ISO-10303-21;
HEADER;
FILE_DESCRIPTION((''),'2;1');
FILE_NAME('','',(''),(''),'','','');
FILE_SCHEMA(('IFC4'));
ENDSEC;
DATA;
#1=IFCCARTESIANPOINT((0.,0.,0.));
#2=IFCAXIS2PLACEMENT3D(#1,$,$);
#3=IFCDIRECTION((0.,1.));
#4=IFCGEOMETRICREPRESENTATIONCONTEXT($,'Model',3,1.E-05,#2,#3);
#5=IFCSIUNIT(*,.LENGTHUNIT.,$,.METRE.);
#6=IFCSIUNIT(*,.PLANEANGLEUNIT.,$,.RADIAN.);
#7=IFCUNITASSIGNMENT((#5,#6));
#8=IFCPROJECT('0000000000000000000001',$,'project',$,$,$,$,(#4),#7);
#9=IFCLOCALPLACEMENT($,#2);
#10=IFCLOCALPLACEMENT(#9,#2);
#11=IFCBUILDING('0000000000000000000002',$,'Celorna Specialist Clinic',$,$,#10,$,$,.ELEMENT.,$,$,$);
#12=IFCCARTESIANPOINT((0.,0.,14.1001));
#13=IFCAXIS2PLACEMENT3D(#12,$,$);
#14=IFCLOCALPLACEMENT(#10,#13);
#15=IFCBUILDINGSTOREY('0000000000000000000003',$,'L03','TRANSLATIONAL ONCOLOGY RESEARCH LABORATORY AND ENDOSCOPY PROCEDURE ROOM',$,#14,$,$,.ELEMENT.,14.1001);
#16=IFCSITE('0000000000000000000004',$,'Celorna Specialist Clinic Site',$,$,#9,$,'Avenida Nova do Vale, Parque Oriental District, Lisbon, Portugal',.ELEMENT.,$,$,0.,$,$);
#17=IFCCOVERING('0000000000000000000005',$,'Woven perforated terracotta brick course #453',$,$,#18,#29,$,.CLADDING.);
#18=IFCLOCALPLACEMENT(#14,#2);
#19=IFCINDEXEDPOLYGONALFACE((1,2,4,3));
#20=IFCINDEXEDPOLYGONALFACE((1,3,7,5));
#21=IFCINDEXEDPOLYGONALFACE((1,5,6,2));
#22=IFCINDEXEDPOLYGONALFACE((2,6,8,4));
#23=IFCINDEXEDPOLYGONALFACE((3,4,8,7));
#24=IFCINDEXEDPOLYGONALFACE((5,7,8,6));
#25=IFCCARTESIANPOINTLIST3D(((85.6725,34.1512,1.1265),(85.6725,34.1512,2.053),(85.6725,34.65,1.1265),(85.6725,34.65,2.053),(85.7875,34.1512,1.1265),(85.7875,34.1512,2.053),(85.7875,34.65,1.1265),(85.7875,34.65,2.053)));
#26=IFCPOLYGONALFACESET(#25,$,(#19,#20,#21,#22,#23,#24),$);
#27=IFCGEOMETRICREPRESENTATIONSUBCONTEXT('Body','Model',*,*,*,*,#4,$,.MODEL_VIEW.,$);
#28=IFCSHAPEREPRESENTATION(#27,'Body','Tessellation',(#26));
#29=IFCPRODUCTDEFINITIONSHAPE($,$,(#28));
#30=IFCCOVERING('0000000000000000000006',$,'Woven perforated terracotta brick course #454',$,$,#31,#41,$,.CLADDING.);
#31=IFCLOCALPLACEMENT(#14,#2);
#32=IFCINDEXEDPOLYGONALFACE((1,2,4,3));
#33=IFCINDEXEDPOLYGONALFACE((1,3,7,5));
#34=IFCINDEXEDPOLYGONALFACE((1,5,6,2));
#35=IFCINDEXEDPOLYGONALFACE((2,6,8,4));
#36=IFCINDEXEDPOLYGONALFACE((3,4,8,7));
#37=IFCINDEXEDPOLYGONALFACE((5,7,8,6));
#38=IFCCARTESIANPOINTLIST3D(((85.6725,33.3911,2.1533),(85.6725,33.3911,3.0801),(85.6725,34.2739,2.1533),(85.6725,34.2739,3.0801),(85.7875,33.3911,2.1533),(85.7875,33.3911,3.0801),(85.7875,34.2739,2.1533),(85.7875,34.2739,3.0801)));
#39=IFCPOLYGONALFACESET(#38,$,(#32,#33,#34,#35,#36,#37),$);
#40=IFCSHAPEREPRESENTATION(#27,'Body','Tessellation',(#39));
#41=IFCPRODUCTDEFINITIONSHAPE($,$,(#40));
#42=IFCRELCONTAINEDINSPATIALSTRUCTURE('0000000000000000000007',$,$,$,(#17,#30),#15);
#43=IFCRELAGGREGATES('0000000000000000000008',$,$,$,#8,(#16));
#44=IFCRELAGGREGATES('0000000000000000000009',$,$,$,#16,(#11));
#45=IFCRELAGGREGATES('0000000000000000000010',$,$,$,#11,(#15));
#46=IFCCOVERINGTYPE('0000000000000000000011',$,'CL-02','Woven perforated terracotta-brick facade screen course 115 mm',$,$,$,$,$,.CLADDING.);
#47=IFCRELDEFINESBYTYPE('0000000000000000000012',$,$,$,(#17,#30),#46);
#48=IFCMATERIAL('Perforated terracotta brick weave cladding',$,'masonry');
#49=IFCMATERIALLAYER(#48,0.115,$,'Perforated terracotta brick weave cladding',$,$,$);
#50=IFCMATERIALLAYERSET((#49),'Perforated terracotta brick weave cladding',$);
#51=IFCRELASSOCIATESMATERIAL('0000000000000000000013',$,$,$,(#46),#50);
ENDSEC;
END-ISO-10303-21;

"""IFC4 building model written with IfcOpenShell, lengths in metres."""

from ifc_helpers import new_model, si_unit, direction, frame, origin, origin_2d, place, context, subcontext, project, spatial, rectangle, extrude, material, layer, layer_set, type_object, element, save


model = new_model("IFC4")

# Units and contexts
model_context = context("Model", 3, precision=1e-05, world=origin(), true_north=direction((0.0, 1.0)))
body_context = subcontext(model_context, "Body", "Model", "MODEL_VIEW")
ifc_project = project(units=[si_unit("LENGTHUNIT", "METRE"), si_unit("PLANEANGLEUNIT", "RADIAN")], contexts=[model_context])

# Site, building, storey
site_placement = place(None, origin())
site = spatial("IfcSite", under=ifc_project, at=site_placement, Name="Celorna Specialist Clinic Site", LongName="Avenida Nova do Vale, Parque Oriental District, Lisbon, Portugal", CompositionType="ELEMENT", RefElevation=0.0)
building_placement = place(site_placement, origin())
building = spatial("IfcBuilding", under=site, at=building_placement, Name="Celorna Specialist Clinic", CompositionType="ELEMENT")
storey_placement = place(building_placement, frame((0.0, 0.0, 14.1001)))
storey = spatial("IfcBuildingStorey", under=building, at=storey_placement, Name="L03", Description="TRANSLATIONAL ONCOLOGY RESEARCH LABORATORY AND ENDOSCOPY PROCEDURE ROOM", CompositionType="ELEMENT", Elevation=14.1001)

# Coverings
ifc_material_1 = material(Name="Perforated terracotta brick weave cladding", Category="masonry")
ifc_layer_1 = layer(ifc_material_1, 0.115, Name="Perforated terracotta brick weave cladding")
ifc_layer_set_1 = layer_set([ifc_layer_1], Name="Perforated terracotta brick weave cladding")
covering_type = type_object("IfcCoveringType", Name="CL-02", Description="Woven perforated terracotta-brick facade screen course 115 mm", PredefinedType="CLADDING", material=ifc_layer_set_1)
for number, where, z_axis, x_axis, name in (
    (1, (85.73, 34.4006, 1.1265), (0.0, 0.0, 1.0), (0.0, 1.0, 0.0), "Woven perforated terracotta brick course #453"),
):
    element("IfcCovering", number, at=place(storey_placement, frame(where, z_axis=z_axis, x_axis=x_axis)), inside=storey, type_object=covering_type, Name=name, PredefinedType="CLADDING", context=body_context, shape_type="SweptSolid", body=[
        extrude(rectangle(XDim=0.4988, YDim=0.115, at=origin_2d()), origin(), (0.0, 0.0, 1.0), 0.9265),
    ])
covering_1_placement = place(storey_placement, frame((85.73, 33.8325, 2.1533), z_axis=(0.0, 0.0, 1.0), x_axis=(0.0, 1.0, 0.0)))
element("IfcCovering", 2, at=covering_1_placement, inside=storey, type_object=covering_type, Name="Woven perforated terracotta brick course #454", PredefinedType="CLADDING", context=body_context, shape_type="SweptSolid", body=[
    extrude(rectangle(XDim=0.8828, YDim=0.115, at=origin_2d()), origin(), (0.0, 0.0, 1.0), 0.9268),
])

save(model, "model.ifc")
